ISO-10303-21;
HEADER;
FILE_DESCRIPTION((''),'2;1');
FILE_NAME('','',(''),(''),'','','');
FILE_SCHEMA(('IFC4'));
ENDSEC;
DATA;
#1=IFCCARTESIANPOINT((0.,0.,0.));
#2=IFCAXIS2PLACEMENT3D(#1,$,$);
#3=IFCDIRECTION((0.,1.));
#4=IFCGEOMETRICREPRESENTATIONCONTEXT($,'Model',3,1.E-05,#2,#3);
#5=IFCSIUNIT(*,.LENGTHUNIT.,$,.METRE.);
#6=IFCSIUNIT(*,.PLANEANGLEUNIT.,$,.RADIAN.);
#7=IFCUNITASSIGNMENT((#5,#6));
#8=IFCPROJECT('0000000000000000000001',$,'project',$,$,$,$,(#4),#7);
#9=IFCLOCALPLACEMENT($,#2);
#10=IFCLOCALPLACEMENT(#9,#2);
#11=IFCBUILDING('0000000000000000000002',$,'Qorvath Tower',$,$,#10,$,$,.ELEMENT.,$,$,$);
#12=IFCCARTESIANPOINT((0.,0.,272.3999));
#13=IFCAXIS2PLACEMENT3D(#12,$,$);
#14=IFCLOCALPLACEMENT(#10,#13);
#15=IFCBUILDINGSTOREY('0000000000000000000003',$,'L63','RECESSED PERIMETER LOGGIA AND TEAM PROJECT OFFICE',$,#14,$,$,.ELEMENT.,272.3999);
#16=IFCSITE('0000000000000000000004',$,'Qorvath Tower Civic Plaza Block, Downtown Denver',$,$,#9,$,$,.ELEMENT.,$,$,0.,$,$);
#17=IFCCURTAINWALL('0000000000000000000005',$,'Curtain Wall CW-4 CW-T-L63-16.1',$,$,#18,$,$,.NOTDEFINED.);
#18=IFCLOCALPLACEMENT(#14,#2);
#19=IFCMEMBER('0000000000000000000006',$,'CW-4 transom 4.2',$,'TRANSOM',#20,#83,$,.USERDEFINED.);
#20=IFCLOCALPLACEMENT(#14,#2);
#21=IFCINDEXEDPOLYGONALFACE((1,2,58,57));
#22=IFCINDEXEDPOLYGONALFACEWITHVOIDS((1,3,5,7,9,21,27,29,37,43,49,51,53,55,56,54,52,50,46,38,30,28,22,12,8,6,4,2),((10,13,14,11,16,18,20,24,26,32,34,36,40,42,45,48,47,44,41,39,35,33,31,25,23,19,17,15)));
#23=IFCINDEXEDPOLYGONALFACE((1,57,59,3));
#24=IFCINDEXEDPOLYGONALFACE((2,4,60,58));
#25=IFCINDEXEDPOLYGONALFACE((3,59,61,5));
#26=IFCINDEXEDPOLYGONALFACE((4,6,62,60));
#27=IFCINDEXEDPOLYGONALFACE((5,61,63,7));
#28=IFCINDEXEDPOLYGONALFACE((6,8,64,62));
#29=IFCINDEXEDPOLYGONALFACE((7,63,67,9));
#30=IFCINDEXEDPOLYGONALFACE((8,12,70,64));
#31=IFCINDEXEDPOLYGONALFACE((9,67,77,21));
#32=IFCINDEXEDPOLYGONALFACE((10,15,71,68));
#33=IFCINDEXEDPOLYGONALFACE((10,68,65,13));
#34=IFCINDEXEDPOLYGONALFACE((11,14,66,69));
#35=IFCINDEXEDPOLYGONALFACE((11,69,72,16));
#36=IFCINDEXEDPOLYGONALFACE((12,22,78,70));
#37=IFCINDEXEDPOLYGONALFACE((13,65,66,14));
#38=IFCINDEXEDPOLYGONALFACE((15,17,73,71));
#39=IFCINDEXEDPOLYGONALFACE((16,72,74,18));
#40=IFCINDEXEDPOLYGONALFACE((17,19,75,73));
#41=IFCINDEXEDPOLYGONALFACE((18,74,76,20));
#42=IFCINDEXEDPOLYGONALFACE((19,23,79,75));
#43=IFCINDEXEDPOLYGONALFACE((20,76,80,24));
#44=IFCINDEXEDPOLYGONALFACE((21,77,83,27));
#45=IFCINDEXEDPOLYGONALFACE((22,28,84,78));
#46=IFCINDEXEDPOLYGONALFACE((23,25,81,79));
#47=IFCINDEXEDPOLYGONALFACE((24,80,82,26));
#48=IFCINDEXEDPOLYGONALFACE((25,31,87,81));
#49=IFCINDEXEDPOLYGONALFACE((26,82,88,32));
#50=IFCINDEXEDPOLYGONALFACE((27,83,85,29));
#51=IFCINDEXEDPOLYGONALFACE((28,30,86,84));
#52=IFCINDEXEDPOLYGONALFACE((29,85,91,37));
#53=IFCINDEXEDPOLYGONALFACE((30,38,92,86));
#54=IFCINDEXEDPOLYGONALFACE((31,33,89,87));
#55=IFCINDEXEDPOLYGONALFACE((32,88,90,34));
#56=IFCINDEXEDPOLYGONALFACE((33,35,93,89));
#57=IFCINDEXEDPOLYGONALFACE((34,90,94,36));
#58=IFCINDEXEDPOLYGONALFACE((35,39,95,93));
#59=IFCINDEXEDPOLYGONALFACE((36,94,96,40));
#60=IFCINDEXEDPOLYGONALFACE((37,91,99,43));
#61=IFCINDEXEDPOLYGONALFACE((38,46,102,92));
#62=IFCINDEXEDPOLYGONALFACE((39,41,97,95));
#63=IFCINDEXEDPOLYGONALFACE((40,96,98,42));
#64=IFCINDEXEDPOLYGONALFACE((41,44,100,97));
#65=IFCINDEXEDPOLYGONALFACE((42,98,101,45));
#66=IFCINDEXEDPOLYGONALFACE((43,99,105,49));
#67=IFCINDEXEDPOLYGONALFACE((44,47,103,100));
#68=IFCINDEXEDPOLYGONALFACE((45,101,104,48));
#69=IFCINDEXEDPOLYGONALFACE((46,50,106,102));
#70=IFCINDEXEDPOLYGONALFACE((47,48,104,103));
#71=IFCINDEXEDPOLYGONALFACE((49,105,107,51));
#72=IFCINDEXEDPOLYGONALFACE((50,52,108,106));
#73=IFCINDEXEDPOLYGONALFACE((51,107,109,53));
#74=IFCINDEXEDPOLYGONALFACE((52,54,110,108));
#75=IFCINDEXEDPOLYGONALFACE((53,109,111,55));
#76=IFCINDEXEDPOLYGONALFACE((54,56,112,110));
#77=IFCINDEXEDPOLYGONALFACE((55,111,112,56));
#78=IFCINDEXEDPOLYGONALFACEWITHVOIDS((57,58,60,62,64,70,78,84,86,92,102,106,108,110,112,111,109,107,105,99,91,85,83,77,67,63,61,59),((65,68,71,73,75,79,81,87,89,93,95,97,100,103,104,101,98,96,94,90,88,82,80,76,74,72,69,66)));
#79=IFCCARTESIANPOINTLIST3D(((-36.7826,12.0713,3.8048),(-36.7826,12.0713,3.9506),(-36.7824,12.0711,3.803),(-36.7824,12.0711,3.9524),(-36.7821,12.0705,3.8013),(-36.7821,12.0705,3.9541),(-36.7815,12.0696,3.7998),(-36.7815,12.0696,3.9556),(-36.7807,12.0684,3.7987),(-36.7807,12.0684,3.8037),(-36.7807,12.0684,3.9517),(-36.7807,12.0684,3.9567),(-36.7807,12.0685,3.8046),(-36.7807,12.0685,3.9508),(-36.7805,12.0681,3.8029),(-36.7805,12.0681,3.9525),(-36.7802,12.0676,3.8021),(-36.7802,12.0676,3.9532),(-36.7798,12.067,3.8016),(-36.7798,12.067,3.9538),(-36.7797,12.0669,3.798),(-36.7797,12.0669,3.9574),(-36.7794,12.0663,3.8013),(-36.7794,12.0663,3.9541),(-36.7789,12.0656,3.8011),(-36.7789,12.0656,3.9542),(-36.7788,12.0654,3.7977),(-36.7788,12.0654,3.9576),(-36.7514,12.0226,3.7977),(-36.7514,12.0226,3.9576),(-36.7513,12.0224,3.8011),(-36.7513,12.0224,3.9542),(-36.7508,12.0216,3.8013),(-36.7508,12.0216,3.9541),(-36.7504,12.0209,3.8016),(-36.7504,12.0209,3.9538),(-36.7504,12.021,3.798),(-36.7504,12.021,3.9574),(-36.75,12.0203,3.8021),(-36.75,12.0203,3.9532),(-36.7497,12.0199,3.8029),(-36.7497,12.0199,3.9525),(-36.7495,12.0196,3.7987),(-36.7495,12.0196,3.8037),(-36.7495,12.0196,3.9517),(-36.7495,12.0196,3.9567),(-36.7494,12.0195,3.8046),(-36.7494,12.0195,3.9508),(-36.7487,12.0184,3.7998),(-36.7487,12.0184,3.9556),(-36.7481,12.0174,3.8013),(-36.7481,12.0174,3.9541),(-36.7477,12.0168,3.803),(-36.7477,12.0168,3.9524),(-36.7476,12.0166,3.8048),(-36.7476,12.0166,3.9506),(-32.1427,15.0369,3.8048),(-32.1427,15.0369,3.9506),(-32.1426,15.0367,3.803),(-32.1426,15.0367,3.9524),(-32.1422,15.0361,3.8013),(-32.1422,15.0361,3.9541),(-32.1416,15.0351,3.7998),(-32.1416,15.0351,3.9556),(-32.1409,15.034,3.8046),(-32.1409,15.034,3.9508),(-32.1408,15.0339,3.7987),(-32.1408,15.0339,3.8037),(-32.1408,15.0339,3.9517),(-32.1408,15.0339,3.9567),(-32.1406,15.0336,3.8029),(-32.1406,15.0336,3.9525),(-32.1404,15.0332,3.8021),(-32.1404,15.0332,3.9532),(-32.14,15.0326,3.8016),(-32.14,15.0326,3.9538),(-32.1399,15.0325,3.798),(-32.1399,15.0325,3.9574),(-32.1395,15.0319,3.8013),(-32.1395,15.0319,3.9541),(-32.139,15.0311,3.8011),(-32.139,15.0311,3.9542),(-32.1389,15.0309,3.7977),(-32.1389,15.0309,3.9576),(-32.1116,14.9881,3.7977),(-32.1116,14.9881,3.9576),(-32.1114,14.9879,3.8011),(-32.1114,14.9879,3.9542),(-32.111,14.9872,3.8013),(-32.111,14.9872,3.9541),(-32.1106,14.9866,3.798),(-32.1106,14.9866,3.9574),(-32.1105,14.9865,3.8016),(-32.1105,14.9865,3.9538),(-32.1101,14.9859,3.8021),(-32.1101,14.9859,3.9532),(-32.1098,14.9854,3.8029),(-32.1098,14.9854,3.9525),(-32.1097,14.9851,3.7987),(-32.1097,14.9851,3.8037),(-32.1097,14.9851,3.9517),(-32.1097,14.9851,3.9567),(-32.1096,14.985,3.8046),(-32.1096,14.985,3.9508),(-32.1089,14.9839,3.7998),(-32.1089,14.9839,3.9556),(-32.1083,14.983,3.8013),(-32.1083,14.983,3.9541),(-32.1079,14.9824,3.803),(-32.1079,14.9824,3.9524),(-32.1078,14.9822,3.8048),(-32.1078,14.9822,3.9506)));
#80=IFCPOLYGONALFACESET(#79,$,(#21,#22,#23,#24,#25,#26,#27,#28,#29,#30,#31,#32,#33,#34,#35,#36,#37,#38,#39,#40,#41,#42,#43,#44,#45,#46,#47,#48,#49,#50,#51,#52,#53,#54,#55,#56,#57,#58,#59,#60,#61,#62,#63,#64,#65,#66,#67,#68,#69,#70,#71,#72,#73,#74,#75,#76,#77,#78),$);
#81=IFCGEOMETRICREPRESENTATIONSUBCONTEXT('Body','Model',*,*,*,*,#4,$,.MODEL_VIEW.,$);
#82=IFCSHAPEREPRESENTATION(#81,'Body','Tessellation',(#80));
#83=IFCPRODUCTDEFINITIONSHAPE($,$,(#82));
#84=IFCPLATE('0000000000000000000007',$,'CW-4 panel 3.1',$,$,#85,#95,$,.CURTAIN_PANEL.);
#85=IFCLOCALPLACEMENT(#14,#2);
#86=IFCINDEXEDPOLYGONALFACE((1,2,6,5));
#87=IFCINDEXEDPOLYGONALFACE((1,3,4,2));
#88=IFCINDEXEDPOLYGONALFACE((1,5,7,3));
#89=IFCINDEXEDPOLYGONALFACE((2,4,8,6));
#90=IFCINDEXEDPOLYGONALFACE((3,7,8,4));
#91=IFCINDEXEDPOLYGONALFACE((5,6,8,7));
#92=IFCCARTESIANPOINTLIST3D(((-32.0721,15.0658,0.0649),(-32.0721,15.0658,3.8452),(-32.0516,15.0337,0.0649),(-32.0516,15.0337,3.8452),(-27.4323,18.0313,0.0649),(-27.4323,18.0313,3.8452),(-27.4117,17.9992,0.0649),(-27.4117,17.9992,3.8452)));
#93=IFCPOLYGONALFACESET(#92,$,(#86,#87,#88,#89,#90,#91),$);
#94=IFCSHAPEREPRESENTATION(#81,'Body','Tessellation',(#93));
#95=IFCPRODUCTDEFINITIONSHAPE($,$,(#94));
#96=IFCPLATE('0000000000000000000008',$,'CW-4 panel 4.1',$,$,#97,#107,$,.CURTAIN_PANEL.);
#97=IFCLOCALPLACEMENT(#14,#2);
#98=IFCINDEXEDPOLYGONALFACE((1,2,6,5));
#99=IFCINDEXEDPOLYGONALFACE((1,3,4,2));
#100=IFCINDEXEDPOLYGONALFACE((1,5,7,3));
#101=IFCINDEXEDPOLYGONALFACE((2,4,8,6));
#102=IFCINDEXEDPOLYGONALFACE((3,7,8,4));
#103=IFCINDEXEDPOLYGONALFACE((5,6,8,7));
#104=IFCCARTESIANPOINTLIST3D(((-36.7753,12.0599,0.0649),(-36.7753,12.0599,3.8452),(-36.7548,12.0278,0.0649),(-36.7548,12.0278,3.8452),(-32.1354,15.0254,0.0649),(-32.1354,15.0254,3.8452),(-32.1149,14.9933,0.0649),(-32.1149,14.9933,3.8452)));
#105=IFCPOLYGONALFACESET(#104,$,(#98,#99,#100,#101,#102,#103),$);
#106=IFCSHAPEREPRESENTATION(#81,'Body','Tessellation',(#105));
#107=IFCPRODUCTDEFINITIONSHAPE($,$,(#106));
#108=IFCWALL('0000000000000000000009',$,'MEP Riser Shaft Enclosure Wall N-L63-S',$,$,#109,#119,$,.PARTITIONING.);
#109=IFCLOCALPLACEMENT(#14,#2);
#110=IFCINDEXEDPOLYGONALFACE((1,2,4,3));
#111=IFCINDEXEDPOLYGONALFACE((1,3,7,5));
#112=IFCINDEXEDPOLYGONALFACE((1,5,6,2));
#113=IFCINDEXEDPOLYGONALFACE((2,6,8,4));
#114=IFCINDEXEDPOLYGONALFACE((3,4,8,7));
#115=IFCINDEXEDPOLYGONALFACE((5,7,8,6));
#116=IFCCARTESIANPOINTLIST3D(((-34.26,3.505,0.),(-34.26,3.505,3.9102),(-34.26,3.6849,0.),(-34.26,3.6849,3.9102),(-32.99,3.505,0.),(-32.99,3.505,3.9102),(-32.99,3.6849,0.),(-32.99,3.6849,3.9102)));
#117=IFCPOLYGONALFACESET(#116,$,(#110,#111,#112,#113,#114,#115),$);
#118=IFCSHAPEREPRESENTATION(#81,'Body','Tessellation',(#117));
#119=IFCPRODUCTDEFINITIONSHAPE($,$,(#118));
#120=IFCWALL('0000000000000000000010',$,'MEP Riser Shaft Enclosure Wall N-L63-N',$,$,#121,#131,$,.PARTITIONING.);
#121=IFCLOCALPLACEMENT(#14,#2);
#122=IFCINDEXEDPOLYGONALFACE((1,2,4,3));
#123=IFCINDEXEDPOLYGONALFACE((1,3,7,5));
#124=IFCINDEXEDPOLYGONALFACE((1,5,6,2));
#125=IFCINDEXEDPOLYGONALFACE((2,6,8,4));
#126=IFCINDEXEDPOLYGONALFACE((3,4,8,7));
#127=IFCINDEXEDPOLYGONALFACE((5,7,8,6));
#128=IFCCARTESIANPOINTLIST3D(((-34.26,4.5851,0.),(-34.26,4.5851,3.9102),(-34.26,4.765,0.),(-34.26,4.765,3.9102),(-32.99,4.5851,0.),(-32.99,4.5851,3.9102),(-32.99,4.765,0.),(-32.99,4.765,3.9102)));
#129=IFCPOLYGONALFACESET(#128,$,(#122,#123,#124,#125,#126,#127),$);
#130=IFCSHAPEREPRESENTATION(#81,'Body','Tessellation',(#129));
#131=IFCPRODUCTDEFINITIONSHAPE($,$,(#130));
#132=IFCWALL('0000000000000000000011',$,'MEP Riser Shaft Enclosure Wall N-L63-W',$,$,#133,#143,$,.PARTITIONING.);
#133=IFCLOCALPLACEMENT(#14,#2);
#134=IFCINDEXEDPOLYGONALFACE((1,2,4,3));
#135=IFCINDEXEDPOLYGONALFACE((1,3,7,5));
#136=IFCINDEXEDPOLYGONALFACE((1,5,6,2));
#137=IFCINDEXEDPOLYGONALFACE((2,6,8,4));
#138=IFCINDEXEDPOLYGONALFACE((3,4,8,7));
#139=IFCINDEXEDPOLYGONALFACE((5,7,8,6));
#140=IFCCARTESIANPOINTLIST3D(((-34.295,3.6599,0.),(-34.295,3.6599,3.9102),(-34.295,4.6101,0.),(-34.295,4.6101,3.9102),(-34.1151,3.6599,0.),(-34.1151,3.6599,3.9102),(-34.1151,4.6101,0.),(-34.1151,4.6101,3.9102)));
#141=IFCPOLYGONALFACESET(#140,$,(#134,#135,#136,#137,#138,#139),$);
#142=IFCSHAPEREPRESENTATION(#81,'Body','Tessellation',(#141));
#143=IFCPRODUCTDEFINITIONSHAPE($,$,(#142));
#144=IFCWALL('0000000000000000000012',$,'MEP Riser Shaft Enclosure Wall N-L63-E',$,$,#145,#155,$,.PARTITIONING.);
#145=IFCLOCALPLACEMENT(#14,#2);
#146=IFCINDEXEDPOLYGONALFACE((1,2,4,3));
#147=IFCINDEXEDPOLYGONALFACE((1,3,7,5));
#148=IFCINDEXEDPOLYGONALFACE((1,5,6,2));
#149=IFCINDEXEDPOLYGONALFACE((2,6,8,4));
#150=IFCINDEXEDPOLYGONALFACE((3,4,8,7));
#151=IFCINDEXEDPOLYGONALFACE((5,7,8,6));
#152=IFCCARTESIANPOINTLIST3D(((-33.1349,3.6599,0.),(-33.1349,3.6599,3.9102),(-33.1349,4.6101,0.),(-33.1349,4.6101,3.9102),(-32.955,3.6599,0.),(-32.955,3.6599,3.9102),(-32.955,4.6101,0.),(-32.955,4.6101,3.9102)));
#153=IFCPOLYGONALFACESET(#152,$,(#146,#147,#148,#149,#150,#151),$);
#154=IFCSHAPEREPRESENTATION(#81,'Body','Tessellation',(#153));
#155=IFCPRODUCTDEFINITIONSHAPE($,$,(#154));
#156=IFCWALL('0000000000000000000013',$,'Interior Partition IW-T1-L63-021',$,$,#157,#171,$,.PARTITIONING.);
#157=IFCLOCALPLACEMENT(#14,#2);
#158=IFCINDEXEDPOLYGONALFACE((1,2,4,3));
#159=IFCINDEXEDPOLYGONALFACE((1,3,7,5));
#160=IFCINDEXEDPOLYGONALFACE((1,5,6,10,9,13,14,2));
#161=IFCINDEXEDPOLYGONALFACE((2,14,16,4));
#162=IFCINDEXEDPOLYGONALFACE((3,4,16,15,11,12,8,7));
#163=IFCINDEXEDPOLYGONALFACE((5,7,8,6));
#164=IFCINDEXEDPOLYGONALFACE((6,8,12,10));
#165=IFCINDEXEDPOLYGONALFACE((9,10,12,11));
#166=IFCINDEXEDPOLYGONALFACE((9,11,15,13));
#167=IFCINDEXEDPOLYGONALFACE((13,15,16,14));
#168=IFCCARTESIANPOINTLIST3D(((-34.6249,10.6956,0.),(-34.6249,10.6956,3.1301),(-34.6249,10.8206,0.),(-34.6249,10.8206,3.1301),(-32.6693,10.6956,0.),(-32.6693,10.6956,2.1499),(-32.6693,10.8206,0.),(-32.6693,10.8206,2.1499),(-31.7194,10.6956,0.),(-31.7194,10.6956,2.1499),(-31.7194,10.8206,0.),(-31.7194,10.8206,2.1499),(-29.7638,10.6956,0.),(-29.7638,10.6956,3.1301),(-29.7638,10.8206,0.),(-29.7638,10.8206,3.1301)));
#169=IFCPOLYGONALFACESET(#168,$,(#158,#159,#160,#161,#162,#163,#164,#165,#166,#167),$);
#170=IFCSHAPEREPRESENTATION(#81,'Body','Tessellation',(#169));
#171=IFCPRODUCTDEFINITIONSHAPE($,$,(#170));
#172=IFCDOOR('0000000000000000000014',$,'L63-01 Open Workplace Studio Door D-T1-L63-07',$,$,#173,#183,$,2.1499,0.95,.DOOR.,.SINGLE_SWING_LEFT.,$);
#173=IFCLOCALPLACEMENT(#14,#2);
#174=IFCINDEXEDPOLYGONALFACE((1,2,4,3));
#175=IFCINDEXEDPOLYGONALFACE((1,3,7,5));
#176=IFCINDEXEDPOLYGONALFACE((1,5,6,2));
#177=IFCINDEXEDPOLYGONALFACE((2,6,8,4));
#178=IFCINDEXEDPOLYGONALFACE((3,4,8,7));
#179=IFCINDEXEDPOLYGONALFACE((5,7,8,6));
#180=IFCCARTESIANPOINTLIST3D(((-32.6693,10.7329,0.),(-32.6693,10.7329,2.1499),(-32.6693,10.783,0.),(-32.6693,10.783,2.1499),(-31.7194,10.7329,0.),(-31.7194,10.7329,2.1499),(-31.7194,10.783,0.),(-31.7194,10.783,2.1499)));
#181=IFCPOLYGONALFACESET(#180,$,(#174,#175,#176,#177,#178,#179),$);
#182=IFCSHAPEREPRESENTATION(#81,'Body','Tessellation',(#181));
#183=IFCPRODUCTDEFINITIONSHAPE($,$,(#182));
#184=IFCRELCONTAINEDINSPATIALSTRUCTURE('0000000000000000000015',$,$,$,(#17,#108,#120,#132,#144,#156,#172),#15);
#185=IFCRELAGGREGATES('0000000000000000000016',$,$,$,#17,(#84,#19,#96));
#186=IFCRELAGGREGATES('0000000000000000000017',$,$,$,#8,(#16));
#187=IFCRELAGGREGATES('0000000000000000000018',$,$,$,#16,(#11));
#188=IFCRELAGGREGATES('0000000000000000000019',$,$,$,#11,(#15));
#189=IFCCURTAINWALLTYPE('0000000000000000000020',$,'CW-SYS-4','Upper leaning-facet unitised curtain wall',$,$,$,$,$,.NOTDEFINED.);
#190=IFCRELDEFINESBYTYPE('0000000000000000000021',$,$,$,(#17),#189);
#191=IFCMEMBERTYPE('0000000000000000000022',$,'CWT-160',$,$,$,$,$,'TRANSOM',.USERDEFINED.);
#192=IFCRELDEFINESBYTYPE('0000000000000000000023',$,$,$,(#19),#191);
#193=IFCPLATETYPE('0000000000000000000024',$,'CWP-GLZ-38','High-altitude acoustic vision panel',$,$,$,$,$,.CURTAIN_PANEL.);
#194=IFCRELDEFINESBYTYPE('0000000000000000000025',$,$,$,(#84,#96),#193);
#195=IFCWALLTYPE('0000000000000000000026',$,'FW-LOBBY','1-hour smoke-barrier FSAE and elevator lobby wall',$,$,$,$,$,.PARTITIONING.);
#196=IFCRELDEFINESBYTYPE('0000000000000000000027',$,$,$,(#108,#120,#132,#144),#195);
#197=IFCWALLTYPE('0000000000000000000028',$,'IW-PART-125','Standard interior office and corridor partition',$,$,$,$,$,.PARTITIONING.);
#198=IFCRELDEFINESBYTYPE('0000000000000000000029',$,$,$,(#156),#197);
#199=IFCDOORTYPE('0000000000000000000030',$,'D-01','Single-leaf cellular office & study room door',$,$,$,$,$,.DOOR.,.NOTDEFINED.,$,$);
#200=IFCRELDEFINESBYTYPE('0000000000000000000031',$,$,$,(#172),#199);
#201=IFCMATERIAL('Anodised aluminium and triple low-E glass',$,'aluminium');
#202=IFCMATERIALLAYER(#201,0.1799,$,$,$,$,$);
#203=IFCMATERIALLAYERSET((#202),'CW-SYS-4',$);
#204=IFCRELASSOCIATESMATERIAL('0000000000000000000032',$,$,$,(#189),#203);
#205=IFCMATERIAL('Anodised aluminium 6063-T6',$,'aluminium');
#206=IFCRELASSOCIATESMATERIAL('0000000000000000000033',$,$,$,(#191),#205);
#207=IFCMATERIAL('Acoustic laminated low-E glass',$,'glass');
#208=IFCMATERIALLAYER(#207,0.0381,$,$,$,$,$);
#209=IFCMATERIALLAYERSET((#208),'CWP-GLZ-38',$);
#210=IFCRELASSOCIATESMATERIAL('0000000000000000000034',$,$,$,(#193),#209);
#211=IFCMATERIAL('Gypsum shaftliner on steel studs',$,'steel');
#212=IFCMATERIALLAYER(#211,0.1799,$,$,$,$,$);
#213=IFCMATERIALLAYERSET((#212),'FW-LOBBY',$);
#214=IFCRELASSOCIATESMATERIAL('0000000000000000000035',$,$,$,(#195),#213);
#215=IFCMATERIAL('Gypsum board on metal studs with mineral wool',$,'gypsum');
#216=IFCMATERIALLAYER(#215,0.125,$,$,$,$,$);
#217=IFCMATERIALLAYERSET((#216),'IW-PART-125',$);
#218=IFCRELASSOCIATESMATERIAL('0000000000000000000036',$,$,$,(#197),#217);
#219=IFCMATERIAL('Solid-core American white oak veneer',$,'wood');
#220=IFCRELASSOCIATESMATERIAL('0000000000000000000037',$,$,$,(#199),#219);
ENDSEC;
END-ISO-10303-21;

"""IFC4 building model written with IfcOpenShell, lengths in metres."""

from ifc_helpers import new_model, si_unit, direction, frame, frame_2d, origin, origin_2d, place, context, subcontext, project, spatial, rectangle, hollow_rectangle, extrude, material, layer, layer_set, material_profile, profile_set, type_object, element, fill, aggregate, save


model = new_model("IFC4")

# Units and contexts
model_context = context("Model", 3, precision=1e-05, world=origin(), true_north=direction((0.0, 1.0)))
body_context = subcontext(model_context, "Body", "Model", "MODEL_VIEW")
ifc_project = project(units=[si_unit("LENGTHUNIT", "METRE"), si_unit("PLANEANGLEUNIT", "RADIAN")], contexts=[model_context])

# Site, building, storey
site_placement = place(None, origin())
site = spatial("IfcSite", under=ifc_project, at=site_placement, Name="Qorvath Tower Civic Plaza Block, Downtown Denver", CompositionType="ELEMENT", RefElevation=0.0)
building_placement = place(site_placement, origin())
building = spatial("IfcBuilding", under=site, at=building_placement, Name="Qorvath Tower", CompositionType="ELEMENT")
storey_placement = place(building_placement, frame((0.0, 0.0, 272.3999)))
storey = spatial("IfcBuildingStorey", under=building, at=storey_placement, Name="L63", Description="RECESSED PERIMETER LOGGIA AND TEAM PROJECT OFFICE", CompositionType="ELEMENT", Elevation=272.3999)

# Curtain wall, member, plates
ifc_material_1 = material(Name="Anodised aluminium and triple low-E glass", Category="aluminium")
ifc_layer_1 = layer(ifc_material_1, 0.1799)
ifc_layer_set_1 = layer_set([ifc_layer_1], Name="CW-SYS-4")
curtain_wall_type = type_object("IfcCurtainWallType", Name="CW-SYS-4", Description="Upper leaning-facet unitised curtain wall", PredefinedType="NOTDEFINED", material=ifc_layer_set_1)
curtain_wall_placement = place(storey_placement, origin())
curtain_wall = element("IfcCurtainWall", 1, at=curtain_wall_placement, inside=storey, type_object=curtain_wall_type, Name="Curtain Wall CW-4 CW-T-L63-16.1", PredefinedType="NOTDEFINED")
ifc_material_2 = material(Name="Anodised aluminium 6063-T6", Category="aluminium")
ifc_material_profile_1 = material_profile(ifc_material_2, hollow_rectangle(XDim=0.0649, YDim=0.1599, WallThickness=0.0034, InnerFilletRadius=0.0034, OuterFilletRadius=0.0071, at=origin_2d()), Name="CWT 160x65")
ifc_profile_set_1 = profile_set([ifc_material_profile_1], Name="Anodised aluminium 6063-T6")
member_type_1 = type_object("IfcMemberType", Name="CWT-160", ElementType="TRANSOM", PredefinedType="USERDEFINED", material=ifc_profile_set_1)
member_1_placement = place(storey_placement, frame((-32.1252, 15.0095, 3.8777), z_axis=(-0.842597, -0.538544, 0.0), x_axis=(0.538544, -0.842597, 0.0)))
member_1 = element("IfcMember", 2, at=member_1_placement, type_object=member_type_1, Name="CW-4 transom 4.2", ObjectType="TRANSOM", PredefinedType="USERDEFINED", context=body_context, shape_type="SweptSolid", body=[
    extrude(hollow_rectangle(XDim=0.0649, YDim=0.1599, WallThickness=0.0034, InnerFilletRadius=0.0034, OuterFilletRadius=0.0071, at=origin_2d()), origin(), (0.0, 0.0, 1.0), 5.5066),
])
ifc_material_3 = material(Name="Acoustic laminated low-E glass", Category="glass")
ifc_layer_2 = layer(ifc_material_3, 0.0381)
ifc_layer_set_2 = layer_set([ifc_layer_2], Name="CWP-GLZ-38")
plate_type = type_object("IfcPlateType", Name="CWP-GLZ-38", Description="High-altitude acoustic vision panel", PredefinedType="CURTAIN_PANEL", material=ifc_layer_set_2)
plate_1_placement = place(storey_placement, frame((-29.7419, 16.5325, 0.0649), z_axis=(0.0, 0.0, 1.0), x_axis=(-0.842604, -0.538534, 0.0)))
plate_1 = element("IfcPlate", 3, at=plate_1_placement, type_object=plate_type, Name="CW-4 panel 3.1", PredefinedType="CURTAIN_PANEL", context=body_context, shape_type="SweptSolid", body=[
    extrude(rectangle(XDim=5.5066, YDim=0.0381, at=origin_2d()), origin(), (0.0, 0.0, 1.0), 3.7803),
])
plate_2_placement = place(storey_placement, frame((-34.4451, 13.5266, 0.0649), z_axis=(0.0, 0.0, 1.0), x_axis=(-0.842604, -0.538534, 0.0)))
plate_2 = element("IfcPlate", 4, at=plate_2_placement, type_object=plate_type, Name="CW-4 panel 4.1", PredefinedType="CURTAIN_PANEL", context=body_context, shape_type="SweptSolid", body=[
    extrude(rectangle(XDim=5.5066, YDim=0.0381, at=origin_2d()), origin(), (0.0, 0.0, 1.0), 3.7803),
])
aggregate(curtain_wall, [plate_1, member_1, plate_2])

# Walls
ifc_material_4 = material(Name="Gypsum shaftliner on steel studs", Category="steel")
ifc_layer_3 = layer(ifc_material_4, 0.1799)
ifc_layer_set_3 = layer_set([ifc_layer_3], Name="FW-LOBBY")
wall_type_1 = type_object("IfcWallType", Name="FW-LOBBY", Description="1-hour smoke-barrier FSAE and elevator lobby wall", PredefinedType="PARTITIONING", material=ifc_layer_set_3)
for number, where, z_axis, x_axis, name in (
    (5, (-32.99, 3.595, 0.0), (0.0, 0.0, 1.0), (-1.0, 0.0, 0.0), "MEP Riser Shaft Enclosure Wall N-L63-S"),
    (6, (-34.26, 4.675, 0.0), (0.0, 0.0, 1.0), (1.0, 0.0, 0.0), "MEP Riser Shaft Enclosure Wall N-L63-N"),
):
    element("IfcWall", number, at=place(storey_placement, frame(where, z_axis=z_axis, x_axis=x_axis)), inside=storey, type_object=wall_type_1, Name=name, PredefinedType="PARTITIONING", context=body_context, shape_type="SweptSolid", body=[
        extrude(rectangle(XDim=1.27, YDim=0.1799, at=frame_2d((0.635, 0.0))), origin(), (0.0, 0.0, 1.0), 3.9102),
    ])
for number, where, z_axis, x_axis, name in (
    (7, (-34.2051, 3.6599, 0.0), (0.0, 0.0, 1.0), (0.0, 1.0, 0.0), "MEP Riser Shaft Enclosure Wall N-L63-W"),
    (8, (-33.0449, 4.6101, 0.0), (0.0, 0.0, 1.0), (0.0, -1.0, 0.0), "MEP Riser Shaft Enclosure Wall N-L63-E"),
):
    element("IfcWall", number, at=place(storey_placement, frame(where, z_axis=z_axis, x_axis=x_axis)), inside=storey, type_object=wall_type_1, Name=name, PredefinedType="PARTITIONING", context=body_context, shape_type="SweptSolid", body=[
        extrude(rectangle(XDim=0.9502, YDim=0.1799, at=frame_2d((0.4751, 0.0))), origin(), (0.0, 0.0, 1.0), 3.9102),
    ])

# Wall, opening, door
ifc_material_5 = material(Name="Gypsum board on metal studs with mineral wool", Category="gypsum")
ifc_layer_4 = layer(ifc_material_5, 0.125)
ifc_layer_set_4 = layer_set([ifc_layer_4], Name="IW-PART-125")
wall_type_2 = type_object("IfcWallType", Name="IW-PART-125", Description="Standard interior office and corridor partition", PredefinedType="PARTITIONING", material=ifc_layer_set_4)
wall_1_placement = place(storey_placement, frame((-34.625, 10.7581, 0.0), z_axis=(0.0, 0.0, 1.0), x_axis=(1.0, 0.0, 0.0)))
wall_1 = element("IfcWall", 9, at=wall_1_placement, inside=storey, type_object=wall_type_2, Name="Interior Partition IW-T1-L63-021", PredefinedType="PARTITIONING", context=body_context, shape_type="SweptSolid", body=[
    extrude(rectangle(XDim=4.8611, YDim=0.125, at=frame_2d((2.4307, 0.0))), origin(), (0.0, 0.0, 1.0), 3.1301),
])
opening_1_placement = place(wall_1_placement, frame((1.9556, 0.0, 0.0)))
opening_1 = element("IfcOpeningElement", 10, at=opening_1_placement, cuts=wall_1, PredefinedType="OPENING", context=body_context, shape_type="SweptSolid", body=[
    extrude(rectangle(XDim=0.95, YDim=2.1499, at=frame_2d((0.4751, 1.075))), frame((0.0, 0.0725, 0.0), z_axis=(0.0, -1.0, 0.0), x_axis=(1.0, 0.0, 0.0)), (0.0, 0.0, 1.0), 0.145),
])
ifc_material_6 = material(Name="Solid-core American white oak veneer", Category="wood")
door_type_1 = type_object("IfcDoorType", Name="D-01", Description="Single-leaf cellular office & study room door", OperationType="NOTDEFINED", PredefinedType="DOOR", material=ifc_material_6)
door_1_placement = place(opening_1_placement, origin())
door_1 = element("IfcDoor", 11, at=door_1_placement, inside=storey, type_object=door_type_1, Name="L63-01 Open Workplace Studio Door D-T1-L63-07", OperationType="SINGLE_SWING_LEFT", OverallHeight=2.1499, OverallWidth=0.95, PredefinedType="DOOR", context=body_context, shape_type="SweptSolid", body=[
    extrude(rectangle(XDim=0.95, YDim=2.1499, at=frame_2d((0.4751, 1.075))), frame((0.0, 0.0249, 0.0), z_axis=(0.0, -1.0, 0.0), x_axis=(1.0, 0.0, 0.0)), (0.0, 0.0, 1.0), 0.05),
])
fill(opening_1, door_1)

save(model, "model.ifc")
